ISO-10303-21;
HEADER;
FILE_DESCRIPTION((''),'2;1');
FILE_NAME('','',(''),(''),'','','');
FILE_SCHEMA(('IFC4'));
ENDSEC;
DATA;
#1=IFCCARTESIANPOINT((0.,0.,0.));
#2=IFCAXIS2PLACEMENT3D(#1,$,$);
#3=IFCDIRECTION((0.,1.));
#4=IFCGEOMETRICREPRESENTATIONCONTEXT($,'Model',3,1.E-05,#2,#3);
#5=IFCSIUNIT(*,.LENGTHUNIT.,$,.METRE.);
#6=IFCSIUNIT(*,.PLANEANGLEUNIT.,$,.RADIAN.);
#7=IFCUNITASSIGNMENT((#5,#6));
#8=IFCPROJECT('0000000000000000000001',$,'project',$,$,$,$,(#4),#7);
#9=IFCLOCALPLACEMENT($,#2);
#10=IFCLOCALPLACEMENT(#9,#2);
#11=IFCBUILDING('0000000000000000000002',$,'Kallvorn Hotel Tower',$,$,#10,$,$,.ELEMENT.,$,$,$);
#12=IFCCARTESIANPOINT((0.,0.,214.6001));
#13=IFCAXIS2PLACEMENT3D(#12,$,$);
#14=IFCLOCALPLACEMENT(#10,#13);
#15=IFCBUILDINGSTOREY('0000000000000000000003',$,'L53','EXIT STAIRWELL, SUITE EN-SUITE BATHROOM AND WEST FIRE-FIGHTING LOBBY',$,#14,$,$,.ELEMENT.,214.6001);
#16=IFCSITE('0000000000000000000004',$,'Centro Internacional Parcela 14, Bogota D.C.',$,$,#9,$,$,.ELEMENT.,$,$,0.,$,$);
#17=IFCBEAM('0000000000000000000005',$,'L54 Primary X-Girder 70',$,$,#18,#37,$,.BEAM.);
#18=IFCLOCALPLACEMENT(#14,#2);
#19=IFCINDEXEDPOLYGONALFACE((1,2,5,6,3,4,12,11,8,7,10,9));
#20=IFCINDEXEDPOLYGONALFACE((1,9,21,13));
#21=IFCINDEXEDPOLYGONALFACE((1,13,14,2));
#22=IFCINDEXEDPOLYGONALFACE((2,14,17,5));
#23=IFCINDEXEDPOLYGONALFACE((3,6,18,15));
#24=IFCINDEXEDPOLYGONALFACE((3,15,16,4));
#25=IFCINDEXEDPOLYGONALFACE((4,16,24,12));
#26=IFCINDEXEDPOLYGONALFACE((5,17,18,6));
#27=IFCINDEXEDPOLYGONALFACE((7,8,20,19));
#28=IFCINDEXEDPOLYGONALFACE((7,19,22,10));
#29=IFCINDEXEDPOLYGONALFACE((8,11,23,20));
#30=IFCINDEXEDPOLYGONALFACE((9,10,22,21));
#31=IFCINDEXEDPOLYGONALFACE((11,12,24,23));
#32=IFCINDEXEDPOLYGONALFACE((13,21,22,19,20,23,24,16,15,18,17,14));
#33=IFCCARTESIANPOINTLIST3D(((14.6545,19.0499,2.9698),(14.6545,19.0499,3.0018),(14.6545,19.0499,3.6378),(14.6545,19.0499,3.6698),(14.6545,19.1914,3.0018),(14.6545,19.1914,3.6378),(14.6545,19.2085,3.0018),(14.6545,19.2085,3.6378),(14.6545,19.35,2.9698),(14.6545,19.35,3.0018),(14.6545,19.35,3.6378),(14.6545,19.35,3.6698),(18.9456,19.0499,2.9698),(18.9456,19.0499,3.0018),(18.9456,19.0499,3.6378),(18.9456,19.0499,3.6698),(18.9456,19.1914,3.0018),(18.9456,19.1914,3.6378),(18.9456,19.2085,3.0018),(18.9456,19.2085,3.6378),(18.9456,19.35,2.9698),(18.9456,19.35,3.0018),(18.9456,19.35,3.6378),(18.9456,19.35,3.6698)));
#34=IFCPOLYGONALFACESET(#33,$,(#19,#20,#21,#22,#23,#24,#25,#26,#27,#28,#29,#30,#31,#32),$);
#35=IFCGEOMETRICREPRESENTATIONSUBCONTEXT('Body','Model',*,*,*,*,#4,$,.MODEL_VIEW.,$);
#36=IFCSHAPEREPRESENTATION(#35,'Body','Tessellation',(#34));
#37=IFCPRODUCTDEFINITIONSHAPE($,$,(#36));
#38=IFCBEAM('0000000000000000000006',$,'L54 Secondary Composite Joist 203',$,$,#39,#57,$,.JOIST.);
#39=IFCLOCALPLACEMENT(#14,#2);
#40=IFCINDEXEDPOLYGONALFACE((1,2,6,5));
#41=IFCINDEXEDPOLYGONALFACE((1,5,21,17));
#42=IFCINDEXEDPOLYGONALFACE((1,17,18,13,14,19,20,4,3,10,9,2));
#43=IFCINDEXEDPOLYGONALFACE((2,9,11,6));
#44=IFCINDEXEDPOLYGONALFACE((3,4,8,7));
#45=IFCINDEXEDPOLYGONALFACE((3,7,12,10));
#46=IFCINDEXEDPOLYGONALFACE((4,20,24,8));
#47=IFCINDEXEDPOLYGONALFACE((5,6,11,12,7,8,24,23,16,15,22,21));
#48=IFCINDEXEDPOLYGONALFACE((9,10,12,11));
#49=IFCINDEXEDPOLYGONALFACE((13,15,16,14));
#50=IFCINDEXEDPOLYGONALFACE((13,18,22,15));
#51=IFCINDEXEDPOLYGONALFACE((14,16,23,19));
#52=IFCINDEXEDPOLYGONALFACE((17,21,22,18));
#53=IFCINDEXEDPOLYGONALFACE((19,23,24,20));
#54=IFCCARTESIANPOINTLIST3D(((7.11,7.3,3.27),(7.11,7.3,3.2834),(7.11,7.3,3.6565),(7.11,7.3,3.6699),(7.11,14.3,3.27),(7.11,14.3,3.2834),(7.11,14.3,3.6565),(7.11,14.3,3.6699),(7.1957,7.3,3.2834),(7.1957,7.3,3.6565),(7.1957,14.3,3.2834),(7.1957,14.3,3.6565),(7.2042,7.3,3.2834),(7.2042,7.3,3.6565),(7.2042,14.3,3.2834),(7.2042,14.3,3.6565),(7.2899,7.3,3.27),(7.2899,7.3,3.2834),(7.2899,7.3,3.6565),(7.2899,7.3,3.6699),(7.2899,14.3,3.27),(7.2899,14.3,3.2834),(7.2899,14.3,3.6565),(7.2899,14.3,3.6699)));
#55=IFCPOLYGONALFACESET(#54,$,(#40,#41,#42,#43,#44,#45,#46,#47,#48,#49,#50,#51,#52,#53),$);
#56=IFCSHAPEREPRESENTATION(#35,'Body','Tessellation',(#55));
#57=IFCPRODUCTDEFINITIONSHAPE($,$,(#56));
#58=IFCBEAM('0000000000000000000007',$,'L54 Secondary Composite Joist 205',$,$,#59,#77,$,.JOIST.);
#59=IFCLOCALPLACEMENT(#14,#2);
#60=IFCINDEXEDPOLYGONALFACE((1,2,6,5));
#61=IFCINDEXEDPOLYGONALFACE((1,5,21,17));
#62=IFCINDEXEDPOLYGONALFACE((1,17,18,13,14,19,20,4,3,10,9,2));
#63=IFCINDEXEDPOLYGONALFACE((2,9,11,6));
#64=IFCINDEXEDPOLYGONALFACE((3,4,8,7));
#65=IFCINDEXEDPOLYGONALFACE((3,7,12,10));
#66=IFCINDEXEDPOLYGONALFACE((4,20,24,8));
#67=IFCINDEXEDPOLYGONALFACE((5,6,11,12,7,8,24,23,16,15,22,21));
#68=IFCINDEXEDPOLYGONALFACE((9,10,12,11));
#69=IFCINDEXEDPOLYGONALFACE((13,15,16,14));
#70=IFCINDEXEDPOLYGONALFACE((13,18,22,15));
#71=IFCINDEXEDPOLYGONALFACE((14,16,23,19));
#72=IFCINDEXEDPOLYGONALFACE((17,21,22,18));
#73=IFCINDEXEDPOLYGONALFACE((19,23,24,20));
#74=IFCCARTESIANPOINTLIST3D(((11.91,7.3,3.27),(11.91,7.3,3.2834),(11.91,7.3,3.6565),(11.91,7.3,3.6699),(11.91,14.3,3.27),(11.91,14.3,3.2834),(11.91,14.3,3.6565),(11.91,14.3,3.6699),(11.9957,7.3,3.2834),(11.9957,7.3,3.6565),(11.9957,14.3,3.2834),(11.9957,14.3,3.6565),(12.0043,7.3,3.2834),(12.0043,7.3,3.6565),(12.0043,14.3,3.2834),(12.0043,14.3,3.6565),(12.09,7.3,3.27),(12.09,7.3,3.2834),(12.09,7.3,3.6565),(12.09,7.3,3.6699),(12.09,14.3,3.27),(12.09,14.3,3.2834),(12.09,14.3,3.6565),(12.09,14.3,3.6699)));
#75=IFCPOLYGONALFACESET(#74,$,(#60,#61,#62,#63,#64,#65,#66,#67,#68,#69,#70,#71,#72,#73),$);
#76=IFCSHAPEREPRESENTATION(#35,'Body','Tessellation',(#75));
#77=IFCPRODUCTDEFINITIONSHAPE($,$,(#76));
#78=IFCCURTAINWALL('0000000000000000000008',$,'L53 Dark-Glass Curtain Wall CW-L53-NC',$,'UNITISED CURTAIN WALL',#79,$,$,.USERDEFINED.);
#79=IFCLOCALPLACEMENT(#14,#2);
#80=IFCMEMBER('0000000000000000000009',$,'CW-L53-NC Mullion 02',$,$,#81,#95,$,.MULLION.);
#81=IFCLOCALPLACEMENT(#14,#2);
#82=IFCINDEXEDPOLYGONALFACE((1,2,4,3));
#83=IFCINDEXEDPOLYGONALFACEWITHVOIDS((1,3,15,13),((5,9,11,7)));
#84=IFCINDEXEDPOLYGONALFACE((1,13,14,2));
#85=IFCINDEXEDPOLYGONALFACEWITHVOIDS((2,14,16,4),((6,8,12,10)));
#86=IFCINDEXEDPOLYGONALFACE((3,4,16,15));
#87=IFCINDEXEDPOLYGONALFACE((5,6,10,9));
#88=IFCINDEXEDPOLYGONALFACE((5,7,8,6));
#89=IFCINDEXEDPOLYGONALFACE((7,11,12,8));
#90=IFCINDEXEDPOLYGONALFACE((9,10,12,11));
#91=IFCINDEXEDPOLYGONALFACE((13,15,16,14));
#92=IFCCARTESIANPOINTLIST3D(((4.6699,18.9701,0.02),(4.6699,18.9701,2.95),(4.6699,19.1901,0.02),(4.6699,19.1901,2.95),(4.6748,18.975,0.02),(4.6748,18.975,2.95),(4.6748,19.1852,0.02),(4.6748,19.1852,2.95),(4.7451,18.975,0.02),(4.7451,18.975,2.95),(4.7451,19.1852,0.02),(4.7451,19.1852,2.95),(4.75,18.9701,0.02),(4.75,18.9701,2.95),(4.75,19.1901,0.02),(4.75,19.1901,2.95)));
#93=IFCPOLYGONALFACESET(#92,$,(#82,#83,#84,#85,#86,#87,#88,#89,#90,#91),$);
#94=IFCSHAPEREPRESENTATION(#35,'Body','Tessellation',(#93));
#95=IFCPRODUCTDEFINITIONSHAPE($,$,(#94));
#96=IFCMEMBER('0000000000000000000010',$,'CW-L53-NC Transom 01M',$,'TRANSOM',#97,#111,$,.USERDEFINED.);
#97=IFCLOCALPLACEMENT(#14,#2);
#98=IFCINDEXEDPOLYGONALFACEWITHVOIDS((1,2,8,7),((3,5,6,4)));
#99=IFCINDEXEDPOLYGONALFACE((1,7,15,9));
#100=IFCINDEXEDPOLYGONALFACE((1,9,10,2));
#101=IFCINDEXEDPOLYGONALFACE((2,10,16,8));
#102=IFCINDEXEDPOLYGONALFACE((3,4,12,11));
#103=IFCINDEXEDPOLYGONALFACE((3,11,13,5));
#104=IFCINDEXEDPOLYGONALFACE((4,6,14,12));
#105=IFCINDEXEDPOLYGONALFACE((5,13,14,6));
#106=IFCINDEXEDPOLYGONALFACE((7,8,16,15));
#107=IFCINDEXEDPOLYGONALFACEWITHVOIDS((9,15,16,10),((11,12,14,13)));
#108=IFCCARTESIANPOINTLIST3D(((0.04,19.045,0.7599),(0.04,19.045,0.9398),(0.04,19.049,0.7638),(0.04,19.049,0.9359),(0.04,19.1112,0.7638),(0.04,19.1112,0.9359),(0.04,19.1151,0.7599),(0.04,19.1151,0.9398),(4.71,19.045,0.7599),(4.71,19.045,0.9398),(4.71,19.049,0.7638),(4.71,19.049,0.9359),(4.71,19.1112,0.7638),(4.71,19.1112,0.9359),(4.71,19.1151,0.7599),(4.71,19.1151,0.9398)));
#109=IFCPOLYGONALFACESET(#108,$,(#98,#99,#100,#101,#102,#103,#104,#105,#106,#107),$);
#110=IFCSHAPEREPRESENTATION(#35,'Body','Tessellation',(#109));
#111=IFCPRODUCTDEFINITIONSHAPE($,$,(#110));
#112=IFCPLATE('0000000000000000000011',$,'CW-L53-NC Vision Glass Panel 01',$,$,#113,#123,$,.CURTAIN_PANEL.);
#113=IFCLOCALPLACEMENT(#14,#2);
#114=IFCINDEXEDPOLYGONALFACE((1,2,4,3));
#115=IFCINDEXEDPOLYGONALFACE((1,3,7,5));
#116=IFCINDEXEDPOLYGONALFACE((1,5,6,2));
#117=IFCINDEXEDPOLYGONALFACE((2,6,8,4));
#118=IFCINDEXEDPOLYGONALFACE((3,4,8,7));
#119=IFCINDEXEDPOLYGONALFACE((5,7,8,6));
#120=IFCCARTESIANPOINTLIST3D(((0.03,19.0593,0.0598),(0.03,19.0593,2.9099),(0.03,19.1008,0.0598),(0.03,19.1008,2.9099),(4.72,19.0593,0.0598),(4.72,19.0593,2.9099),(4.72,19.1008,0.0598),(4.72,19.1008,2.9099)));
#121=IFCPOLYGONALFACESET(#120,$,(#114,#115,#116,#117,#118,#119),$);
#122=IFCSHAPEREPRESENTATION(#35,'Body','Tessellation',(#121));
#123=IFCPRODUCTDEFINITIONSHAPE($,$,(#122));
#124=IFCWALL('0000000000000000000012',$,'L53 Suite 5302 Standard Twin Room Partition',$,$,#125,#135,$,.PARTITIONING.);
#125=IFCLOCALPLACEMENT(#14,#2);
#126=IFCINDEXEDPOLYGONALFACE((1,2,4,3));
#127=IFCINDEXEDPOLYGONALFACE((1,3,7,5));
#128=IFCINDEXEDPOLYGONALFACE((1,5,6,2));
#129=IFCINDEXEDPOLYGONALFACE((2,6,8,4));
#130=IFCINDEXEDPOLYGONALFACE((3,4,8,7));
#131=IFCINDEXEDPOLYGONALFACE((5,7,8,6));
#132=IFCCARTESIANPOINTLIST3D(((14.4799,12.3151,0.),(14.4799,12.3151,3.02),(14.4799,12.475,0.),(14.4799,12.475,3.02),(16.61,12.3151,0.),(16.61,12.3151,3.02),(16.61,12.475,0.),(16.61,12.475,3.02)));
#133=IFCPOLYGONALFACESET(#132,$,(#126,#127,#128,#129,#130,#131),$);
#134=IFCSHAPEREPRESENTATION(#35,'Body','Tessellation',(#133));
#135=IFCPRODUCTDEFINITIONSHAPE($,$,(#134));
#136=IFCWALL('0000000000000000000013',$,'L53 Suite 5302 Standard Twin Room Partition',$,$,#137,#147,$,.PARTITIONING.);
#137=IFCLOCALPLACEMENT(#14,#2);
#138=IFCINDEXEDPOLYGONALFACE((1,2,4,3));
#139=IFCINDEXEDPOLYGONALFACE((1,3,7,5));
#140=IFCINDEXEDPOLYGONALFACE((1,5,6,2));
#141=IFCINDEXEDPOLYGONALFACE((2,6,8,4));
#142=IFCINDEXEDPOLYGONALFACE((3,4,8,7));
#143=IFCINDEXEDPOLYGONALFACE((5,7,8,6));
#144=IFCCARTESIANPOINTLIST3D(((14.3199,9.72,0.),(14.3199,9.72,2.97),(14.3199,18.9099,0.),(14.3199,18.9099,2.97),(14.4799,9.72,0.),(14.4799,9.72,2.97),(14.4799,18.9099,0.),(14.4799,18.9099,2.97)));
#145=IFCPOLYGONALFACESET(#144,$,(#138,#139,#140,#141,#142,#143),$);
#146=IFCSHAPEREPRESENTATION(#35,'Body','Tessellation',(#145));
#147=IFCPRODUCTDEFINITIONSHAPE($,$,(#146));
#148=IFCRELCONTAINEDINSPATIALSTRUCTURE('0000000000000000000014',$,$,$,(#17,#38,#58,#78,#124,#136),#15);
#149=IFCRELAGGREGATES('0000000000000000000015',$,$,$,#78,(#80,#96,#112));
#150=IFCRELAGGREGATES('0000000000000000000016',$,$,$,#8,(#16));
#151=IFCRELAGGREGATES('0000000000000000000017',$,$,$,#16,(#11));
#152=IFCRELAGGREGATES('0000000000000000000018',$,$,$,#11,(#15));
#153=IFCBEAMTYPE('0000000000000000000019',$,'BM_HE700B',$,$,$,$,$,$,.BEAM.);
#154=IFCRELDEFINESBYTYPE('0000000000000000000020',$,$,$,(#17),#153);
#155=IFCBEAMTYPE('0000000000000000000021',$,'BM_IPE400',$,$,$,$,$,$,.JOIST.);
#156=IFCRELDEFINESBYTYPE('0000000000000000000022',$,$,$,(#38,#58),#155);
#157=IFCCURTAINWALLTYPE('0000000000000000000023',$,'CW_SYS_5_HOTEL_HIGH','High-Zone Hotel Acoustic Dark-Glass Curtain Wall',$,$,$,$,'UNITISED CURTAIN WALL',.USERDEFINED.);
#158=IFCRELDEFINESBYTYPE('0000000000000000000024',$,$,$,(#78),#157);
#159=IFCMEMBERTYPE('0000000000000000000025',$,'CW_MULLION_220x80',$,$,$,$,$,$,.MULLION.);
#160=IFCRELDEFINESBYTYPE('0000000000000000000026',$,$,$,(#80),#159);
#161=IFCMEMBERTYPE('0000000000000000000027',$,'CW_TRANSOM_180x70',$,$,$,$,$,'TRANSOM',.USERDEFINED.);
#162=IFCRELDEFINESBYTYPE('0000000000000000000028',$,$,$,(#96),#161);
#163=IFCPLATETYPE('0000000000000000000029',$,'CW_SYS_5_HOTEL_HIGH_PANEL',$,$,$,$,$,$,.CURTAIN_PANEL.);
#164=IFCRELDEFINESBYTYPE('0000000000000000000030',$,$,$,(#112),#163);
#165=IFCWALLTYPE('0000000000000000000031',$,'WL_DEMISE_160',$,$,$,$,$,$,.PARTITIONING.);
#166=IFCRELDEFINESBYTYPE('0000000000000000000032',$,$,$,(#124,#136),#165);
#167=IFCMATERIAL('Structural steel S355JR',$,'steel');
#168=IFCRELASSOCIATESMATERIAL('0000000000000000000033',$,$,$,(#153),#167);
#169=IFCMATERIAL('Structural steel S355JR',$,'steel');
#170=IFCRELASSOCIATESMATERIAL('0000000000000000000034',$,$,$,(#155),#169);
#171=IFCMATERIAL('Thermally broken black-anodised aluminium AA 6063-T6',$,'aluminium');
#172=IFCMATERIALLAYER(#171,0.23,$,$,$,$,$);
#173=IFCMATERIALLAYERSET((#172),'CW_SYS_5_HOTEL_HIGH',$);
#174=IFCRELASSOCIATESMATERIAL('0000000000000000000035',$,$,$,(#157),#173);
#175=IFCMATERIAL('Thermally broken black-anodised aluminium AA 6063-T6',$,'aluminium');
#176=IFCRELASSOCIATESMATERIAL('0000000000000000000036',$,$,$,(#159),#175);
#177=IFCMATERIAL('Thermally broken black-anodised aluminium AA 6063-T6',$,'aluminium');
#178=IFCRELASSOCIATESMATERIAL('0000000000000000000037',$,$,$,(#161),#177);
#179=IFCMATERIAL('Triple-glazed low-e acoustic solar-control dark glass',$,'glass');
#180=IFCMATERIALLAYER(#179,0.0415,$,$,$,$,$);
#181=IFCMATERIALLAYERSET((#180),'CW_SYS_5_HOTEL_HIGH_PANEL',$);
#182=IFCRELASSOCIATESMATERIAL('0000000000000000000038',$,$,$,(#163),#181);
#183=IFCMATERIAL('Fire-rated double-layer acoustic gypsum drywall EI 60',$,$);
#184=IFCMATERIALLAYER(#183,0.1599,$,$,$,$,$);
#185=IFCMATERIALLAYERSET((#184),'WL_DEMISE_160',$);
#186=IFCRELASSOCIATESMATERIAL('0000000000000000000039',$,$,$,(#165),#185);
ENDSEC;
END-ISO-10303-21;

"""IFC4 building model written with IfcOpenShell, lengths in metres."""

from ifc_helpers import new_model, si_unit, direction, frame, frame_2d, origin, origin_2d, place, context, subcontext, project, spatial, rectangle, hollow_rectangle, i_section, extrude, material, layer, layer_set, material_profile, profile_set, type_object, element, aggregate, save


model = new_model("IFC4")

# Units and contexts
model_context = context("Model", 3, precision=1e-05, world=origin(), true_north=direction((0.0, 1.0)))
body_context = subcontext(model_context, "Body", "Model", "MODEL_VIEW")
ifc_project = project(units=[si_unit("LENGTHUNIT", "METRE"), si_unit("PLANEANGLEUNIT", "RADIAN")], contexts=[model_context])

# Site, building, storey
site_placement = place(None, origin())
site = spatial("IfcSite", under=ifc_project, at=site_placement, Name="Centro Internacional Parcela 14, Bogota D.C.", CompositionType="ELEMENT", RefElevation=0.0)
building_placement = place(site_placement, origin())
building = spatial("IfcBuilding", under=site, at=building_placement, Name="Kallvorn Hotel Tower", CompositionType="ELEMENT")
storey_placement = place(building_placement, frame((0.0, 0.0, 214.6001)))
storey = spatial("IfcBuildingStorey", under=building, at=storey_placement, Name="L53", Description="EXIT STAIRWELL, SUITE EN-SUITE BATHROOM AND WEST FIRE-FIGHTING LOBBY", CompositionType="ELEMENT", Elevation=214.6001)

# Beams
ifc_material_1 = material(Name="Structural steel S355JR", Category="steel")
ifc_material_profile_1 = material_profile(ifc_material_1, i_section(OverallWidth=0.3, OverallDepth=0.7, WebThickness=0.0171, FlangeThickness=0.032, at=origin_2d()), Name="HE 700 B")
ifc_profile_set_1 = profile_set([ifc_material_profile_1], Name="Structural steel S355JR")
beam_type_1 = type_object("IfcBeamType", Name="BM_HE700B", PredefinedType="BEAM", material=ifc_profile_set_1)
for number, where, z_axis, x_axis, name in (
    (1, (14.6545, 19.2, 3.3198), (1.0, 0.0, 0.0), (0.0, 1.0, 0.0), "L54 Primary X-Girder 70"),
):
    element("IfcBeam", number, at=place(storey_placement, frame(where, z_axis=z_axis, x_axis=x_axis)), inside=storey, type_object=beam_type_1, Name=name, PredefinedType="BEAM", context=body_context, shape_type="SweptSolid", body=[
        extrude(i_section(OverallWidth=0.3, OverallDepth=0.7, WebThickness=0.0171, FlangeThickness=0.032, at=origin_2d()), origin(), (0.0, 0.0, 1.0), 4.291),
    ])
ifc_material_2 = material(Name="Structural steel S355JR", Category="steel")
ifc_material_profile_2 = material_profile(ifc_material_2, i_section(OverallWidth=0.1799, OverallDepth=0.3999, WebThickness=0.0085, FlangeThickness=0.0134, at=origin_2d()), Name="IPE 400")
ifc_profile_set_2 = profile_set([ifc_material_profile_2], Name="Structural steel S355JR")
beam_type_2 = type_object("IfcBeamType", Name="BM_IPE400", PredefinedType="JOIST", material=ifc_profile_set_2)
for number, where, z_axis, x_axis, name in (
    (2, (7.2, 7.3, 3.47), (0.0, 1.0, 0.0), (-1.0, 0.0, 0.0), "L54 Secondary Composite Joist 203"),
    (3, (12.0, 7.3, 3.47), (0.0, 1.0, 0.0), (-1.0, 0.0, 0.0), "L54 Secondary Composite Joist 205"),
):
    element("IfcBeam", number, at=place(storey_placement, frame(where, z_axis=z_axis, x_axis=x_axis)), inside=storey, type_object=beam_type_2, Name=name, PredefinedType="JOIST", context=body_context, shape_type="SweptSolid", body=[
        extrude(i_section(OverallWidth=0.1799, OverallDepth=0.3999, WebThickness=0.0085, FlangeThickness=0.0134, at=origin_2d()), origin(), (0.0, 0.0, 1.0), 7.0),
    ])

# Curtain wall, members, plate
ifc_material_3 = material(Name="Thermally broken black-anodised aluminium AA 6063-T6", Category="aluminium")
ifc_layer_1 = layer(ifc_material_3, 0.23)
ifc_layer_set_1 = layer_set([ifc_layer_1], Name="CW_SYS_5_HOTEL_HIGH")
curtain_wall_type = type_object("IfcCurtainWallType", Name="CW_SYS_5_HOTEL_HIGH", Description="High-Zone Hotel Acoustic Dark-Glass Curtain Wall", ElementType="UNITISED CURTAIN WALL", PredefinedType="USERDEFINED", material=ifc_layer_set_1)
curtain_wall_placement = place(storey_placement, origin())
curtain_wall = element("IfcCurtainWall", 4, at=curtain_wall_placement, inside=storey, type_object=curtain_wall_type, Name="L53 Dark-Glass Curtain Wall CW-L53-NC", ObjectType="UNITISED CURTAIN WALL", PredefinedType="USERDEFINED")
ifc_material_4 = material(Name="Thermally broken black-anodised aluminium AA 6063-T6", Category="aluminium")
ifc_material_profile_3 = material_profile(ifc_material_4, hollow_rectangle(XDim=0.0801, YDim=0.22, WallThickness=0.0049, at=origin_2d()), Name="MUL 220x80")
ifc_profile_set_3 = profile_set([ifc_material_profile_3], Name="Thermally broken black-anodised aluminium AA 6063-T6")
member_type_1 = type_object("IfcMemberType", Name="CW_MULLION_220x80", PredefinedType="MULLION", material=ifc_profile_set_3)
member_1_placement = place(storey_placement, frame((4.71, 19.0801, 0.02), z_axis=(0.0, 0.0, 1.0), x_axis=(1.0, 0.0, 0.0)))
member_1 = element("IfcMember", 5, at=member_1_placement, type_object=member_type_1, Name="CW-L53-NC Mullion 02", PredefinedType="MULLION", context=body_context, shape_type="SweptSolid", body=[
    extrude(hollow_rectangle(XDim=0.0801, YDim=0.22, WallThickness=0.0049, at=origin_2d()), origin(), (0.0, 0.0, 1.0), 2.9299),
])
ifc_material_5 = material(Name="Thermally broken black-anodised aluminium AA 6063-T6", Category="aluminium")
ifc_material_profile_4 = material_profile(ifc_material_5, hollow_rectangle(XDim=0.0701, YDim=0.1799, WallThickness=0.0039, at=origin_2d()), Name="TRN 180x70")
ifc_profile_set_4 = profile_set([ifc_material_profile_4], Name="Thermally broken black-anodised aluminium AA 6063-T6")
member_type_2 = type_object("IfcMemberType", Name="CW_TRANSOM_180x70", ElementType="TRANSOM", PredefinedType="USERDEFINED", material=ifc_profile_set_4)
member_2_placement = place(storey_placement, frame((0.04, 19.0801, 0.8499), z_axis=(1.0, 0.0, 0.0), x_axis=(0.0, 1.0, 0.0)))
member_2 = element("IfcMember", 6, at=member_2_placement, type_object=member_type_2, Name="CW-L53-NC Transom 01M", ObjectType="TRANSOM", PredefinedType="USERDEFINED", context=body_context, shape_type="SweptSolid", body=[
    extrude(hollow_rectangle(XDim=0.0701, YDim=0.1799, WallThickness=0.0039, at=origin_2d()), origin(), (0.0, 0.0, 1.0), 4.6699),
])
ifc_material_6 = material(Name="Triple-glazed low-e acoustic solar-control dark glass", Category="glass")
ifc_layer_2 = layer(ifc_material_6, 0.0415)
ifc_layer_set_2 = layer_set([ifc_layer_2], Name="CW_SYS_5_HOTEL_HIGH_PANEL")
plate_type = type_object("IfcPlateType", Name="CW_SYS_5_HOTEL_HIGH_PANEL", PredefinedType="CURTAIN_PANEL", material=ifc_layer_set_2)
plate_placement = place(storey_placement, frame((2.375, 19.0801, 0.0598), z_axis=(0.0, 0.0, 1.0), x_axis=(1.0, 0.0, 0.0)))
plate = element("IfcPlate", 7, at=plate_placement, type_object=plate_type, Name="CW-L53-NC Vision Glass Panel 01", PredefinedType="CURTAIN_PANEL", context=body_context, shape_type="SweptSolid", body=[
    extrude(rectangle(XDim=4.6899, YDim=0.0415, at=origin_2d()), origin(), (0.0, 0.0, 1.0), 2.8501),
])
aggregate(curtain_wall, [member_1, member_2, plate])

# Walls
ifc_material_7 = material(Name="Fire-rated double-layer acoustic gypsum drywall EI 60")
ifc_layer_3 = layer(ifc_material_7, 0.1599)
ifc_layer_set_3 = layer_set([ifc_layer_3], Name="WL_DEMISE_160")
wall_type_1 = type_object("IfcWallType", Name="WL_DEMISE_160", PredefinedType="PARTITIONING", material=ifc_layer_set_3)
wall_1_placement = place(storey_placement, frame((14.48, 12.395, 0.0), z_axis=(0.0, 0.0, 1.0), x_axis=(1.0, 0.0, 0.0)))
element("IfcWall", 8, at=wall_1_placement, inside=storey, type_object=wall_type_1, Name="L53 Suite 5302 Standard Twin Room Partition", PredefinedType="PARTITIONING", context=body_context, shape_type="SweptSolid", body=[
    extrude(rectangle(XDim=2.1301, YDim=0.1599, at=frame_2d((1.0649, 0.0))), origin(), (0.0, 0.0, 1.0), 3.02),
])
wall_2_placement = place(storey_placement, frame((14.3999, 9.72, 0.0), z_axis=(0.0, 0.0, 1.0), x_axis=(0.0, 1.0, 0.0)))
element("IfcWall", 9, at=wall_2_placement, inside=storey, type_object=wall_type_1, Name="L53 Suite 5302 Standard Twin Room Partition", PredefinedType="PARTITIONING", context=body_context, shape_type="SweptSolid", body=[
    extrude(rectangle(XDim=9.1899, YDim=0.1599, at=frame_2d((4.595, 0.0))), origin(), (0.0, 0.0, 1.0), 2.97),
])

save(model, "model.ifc")
